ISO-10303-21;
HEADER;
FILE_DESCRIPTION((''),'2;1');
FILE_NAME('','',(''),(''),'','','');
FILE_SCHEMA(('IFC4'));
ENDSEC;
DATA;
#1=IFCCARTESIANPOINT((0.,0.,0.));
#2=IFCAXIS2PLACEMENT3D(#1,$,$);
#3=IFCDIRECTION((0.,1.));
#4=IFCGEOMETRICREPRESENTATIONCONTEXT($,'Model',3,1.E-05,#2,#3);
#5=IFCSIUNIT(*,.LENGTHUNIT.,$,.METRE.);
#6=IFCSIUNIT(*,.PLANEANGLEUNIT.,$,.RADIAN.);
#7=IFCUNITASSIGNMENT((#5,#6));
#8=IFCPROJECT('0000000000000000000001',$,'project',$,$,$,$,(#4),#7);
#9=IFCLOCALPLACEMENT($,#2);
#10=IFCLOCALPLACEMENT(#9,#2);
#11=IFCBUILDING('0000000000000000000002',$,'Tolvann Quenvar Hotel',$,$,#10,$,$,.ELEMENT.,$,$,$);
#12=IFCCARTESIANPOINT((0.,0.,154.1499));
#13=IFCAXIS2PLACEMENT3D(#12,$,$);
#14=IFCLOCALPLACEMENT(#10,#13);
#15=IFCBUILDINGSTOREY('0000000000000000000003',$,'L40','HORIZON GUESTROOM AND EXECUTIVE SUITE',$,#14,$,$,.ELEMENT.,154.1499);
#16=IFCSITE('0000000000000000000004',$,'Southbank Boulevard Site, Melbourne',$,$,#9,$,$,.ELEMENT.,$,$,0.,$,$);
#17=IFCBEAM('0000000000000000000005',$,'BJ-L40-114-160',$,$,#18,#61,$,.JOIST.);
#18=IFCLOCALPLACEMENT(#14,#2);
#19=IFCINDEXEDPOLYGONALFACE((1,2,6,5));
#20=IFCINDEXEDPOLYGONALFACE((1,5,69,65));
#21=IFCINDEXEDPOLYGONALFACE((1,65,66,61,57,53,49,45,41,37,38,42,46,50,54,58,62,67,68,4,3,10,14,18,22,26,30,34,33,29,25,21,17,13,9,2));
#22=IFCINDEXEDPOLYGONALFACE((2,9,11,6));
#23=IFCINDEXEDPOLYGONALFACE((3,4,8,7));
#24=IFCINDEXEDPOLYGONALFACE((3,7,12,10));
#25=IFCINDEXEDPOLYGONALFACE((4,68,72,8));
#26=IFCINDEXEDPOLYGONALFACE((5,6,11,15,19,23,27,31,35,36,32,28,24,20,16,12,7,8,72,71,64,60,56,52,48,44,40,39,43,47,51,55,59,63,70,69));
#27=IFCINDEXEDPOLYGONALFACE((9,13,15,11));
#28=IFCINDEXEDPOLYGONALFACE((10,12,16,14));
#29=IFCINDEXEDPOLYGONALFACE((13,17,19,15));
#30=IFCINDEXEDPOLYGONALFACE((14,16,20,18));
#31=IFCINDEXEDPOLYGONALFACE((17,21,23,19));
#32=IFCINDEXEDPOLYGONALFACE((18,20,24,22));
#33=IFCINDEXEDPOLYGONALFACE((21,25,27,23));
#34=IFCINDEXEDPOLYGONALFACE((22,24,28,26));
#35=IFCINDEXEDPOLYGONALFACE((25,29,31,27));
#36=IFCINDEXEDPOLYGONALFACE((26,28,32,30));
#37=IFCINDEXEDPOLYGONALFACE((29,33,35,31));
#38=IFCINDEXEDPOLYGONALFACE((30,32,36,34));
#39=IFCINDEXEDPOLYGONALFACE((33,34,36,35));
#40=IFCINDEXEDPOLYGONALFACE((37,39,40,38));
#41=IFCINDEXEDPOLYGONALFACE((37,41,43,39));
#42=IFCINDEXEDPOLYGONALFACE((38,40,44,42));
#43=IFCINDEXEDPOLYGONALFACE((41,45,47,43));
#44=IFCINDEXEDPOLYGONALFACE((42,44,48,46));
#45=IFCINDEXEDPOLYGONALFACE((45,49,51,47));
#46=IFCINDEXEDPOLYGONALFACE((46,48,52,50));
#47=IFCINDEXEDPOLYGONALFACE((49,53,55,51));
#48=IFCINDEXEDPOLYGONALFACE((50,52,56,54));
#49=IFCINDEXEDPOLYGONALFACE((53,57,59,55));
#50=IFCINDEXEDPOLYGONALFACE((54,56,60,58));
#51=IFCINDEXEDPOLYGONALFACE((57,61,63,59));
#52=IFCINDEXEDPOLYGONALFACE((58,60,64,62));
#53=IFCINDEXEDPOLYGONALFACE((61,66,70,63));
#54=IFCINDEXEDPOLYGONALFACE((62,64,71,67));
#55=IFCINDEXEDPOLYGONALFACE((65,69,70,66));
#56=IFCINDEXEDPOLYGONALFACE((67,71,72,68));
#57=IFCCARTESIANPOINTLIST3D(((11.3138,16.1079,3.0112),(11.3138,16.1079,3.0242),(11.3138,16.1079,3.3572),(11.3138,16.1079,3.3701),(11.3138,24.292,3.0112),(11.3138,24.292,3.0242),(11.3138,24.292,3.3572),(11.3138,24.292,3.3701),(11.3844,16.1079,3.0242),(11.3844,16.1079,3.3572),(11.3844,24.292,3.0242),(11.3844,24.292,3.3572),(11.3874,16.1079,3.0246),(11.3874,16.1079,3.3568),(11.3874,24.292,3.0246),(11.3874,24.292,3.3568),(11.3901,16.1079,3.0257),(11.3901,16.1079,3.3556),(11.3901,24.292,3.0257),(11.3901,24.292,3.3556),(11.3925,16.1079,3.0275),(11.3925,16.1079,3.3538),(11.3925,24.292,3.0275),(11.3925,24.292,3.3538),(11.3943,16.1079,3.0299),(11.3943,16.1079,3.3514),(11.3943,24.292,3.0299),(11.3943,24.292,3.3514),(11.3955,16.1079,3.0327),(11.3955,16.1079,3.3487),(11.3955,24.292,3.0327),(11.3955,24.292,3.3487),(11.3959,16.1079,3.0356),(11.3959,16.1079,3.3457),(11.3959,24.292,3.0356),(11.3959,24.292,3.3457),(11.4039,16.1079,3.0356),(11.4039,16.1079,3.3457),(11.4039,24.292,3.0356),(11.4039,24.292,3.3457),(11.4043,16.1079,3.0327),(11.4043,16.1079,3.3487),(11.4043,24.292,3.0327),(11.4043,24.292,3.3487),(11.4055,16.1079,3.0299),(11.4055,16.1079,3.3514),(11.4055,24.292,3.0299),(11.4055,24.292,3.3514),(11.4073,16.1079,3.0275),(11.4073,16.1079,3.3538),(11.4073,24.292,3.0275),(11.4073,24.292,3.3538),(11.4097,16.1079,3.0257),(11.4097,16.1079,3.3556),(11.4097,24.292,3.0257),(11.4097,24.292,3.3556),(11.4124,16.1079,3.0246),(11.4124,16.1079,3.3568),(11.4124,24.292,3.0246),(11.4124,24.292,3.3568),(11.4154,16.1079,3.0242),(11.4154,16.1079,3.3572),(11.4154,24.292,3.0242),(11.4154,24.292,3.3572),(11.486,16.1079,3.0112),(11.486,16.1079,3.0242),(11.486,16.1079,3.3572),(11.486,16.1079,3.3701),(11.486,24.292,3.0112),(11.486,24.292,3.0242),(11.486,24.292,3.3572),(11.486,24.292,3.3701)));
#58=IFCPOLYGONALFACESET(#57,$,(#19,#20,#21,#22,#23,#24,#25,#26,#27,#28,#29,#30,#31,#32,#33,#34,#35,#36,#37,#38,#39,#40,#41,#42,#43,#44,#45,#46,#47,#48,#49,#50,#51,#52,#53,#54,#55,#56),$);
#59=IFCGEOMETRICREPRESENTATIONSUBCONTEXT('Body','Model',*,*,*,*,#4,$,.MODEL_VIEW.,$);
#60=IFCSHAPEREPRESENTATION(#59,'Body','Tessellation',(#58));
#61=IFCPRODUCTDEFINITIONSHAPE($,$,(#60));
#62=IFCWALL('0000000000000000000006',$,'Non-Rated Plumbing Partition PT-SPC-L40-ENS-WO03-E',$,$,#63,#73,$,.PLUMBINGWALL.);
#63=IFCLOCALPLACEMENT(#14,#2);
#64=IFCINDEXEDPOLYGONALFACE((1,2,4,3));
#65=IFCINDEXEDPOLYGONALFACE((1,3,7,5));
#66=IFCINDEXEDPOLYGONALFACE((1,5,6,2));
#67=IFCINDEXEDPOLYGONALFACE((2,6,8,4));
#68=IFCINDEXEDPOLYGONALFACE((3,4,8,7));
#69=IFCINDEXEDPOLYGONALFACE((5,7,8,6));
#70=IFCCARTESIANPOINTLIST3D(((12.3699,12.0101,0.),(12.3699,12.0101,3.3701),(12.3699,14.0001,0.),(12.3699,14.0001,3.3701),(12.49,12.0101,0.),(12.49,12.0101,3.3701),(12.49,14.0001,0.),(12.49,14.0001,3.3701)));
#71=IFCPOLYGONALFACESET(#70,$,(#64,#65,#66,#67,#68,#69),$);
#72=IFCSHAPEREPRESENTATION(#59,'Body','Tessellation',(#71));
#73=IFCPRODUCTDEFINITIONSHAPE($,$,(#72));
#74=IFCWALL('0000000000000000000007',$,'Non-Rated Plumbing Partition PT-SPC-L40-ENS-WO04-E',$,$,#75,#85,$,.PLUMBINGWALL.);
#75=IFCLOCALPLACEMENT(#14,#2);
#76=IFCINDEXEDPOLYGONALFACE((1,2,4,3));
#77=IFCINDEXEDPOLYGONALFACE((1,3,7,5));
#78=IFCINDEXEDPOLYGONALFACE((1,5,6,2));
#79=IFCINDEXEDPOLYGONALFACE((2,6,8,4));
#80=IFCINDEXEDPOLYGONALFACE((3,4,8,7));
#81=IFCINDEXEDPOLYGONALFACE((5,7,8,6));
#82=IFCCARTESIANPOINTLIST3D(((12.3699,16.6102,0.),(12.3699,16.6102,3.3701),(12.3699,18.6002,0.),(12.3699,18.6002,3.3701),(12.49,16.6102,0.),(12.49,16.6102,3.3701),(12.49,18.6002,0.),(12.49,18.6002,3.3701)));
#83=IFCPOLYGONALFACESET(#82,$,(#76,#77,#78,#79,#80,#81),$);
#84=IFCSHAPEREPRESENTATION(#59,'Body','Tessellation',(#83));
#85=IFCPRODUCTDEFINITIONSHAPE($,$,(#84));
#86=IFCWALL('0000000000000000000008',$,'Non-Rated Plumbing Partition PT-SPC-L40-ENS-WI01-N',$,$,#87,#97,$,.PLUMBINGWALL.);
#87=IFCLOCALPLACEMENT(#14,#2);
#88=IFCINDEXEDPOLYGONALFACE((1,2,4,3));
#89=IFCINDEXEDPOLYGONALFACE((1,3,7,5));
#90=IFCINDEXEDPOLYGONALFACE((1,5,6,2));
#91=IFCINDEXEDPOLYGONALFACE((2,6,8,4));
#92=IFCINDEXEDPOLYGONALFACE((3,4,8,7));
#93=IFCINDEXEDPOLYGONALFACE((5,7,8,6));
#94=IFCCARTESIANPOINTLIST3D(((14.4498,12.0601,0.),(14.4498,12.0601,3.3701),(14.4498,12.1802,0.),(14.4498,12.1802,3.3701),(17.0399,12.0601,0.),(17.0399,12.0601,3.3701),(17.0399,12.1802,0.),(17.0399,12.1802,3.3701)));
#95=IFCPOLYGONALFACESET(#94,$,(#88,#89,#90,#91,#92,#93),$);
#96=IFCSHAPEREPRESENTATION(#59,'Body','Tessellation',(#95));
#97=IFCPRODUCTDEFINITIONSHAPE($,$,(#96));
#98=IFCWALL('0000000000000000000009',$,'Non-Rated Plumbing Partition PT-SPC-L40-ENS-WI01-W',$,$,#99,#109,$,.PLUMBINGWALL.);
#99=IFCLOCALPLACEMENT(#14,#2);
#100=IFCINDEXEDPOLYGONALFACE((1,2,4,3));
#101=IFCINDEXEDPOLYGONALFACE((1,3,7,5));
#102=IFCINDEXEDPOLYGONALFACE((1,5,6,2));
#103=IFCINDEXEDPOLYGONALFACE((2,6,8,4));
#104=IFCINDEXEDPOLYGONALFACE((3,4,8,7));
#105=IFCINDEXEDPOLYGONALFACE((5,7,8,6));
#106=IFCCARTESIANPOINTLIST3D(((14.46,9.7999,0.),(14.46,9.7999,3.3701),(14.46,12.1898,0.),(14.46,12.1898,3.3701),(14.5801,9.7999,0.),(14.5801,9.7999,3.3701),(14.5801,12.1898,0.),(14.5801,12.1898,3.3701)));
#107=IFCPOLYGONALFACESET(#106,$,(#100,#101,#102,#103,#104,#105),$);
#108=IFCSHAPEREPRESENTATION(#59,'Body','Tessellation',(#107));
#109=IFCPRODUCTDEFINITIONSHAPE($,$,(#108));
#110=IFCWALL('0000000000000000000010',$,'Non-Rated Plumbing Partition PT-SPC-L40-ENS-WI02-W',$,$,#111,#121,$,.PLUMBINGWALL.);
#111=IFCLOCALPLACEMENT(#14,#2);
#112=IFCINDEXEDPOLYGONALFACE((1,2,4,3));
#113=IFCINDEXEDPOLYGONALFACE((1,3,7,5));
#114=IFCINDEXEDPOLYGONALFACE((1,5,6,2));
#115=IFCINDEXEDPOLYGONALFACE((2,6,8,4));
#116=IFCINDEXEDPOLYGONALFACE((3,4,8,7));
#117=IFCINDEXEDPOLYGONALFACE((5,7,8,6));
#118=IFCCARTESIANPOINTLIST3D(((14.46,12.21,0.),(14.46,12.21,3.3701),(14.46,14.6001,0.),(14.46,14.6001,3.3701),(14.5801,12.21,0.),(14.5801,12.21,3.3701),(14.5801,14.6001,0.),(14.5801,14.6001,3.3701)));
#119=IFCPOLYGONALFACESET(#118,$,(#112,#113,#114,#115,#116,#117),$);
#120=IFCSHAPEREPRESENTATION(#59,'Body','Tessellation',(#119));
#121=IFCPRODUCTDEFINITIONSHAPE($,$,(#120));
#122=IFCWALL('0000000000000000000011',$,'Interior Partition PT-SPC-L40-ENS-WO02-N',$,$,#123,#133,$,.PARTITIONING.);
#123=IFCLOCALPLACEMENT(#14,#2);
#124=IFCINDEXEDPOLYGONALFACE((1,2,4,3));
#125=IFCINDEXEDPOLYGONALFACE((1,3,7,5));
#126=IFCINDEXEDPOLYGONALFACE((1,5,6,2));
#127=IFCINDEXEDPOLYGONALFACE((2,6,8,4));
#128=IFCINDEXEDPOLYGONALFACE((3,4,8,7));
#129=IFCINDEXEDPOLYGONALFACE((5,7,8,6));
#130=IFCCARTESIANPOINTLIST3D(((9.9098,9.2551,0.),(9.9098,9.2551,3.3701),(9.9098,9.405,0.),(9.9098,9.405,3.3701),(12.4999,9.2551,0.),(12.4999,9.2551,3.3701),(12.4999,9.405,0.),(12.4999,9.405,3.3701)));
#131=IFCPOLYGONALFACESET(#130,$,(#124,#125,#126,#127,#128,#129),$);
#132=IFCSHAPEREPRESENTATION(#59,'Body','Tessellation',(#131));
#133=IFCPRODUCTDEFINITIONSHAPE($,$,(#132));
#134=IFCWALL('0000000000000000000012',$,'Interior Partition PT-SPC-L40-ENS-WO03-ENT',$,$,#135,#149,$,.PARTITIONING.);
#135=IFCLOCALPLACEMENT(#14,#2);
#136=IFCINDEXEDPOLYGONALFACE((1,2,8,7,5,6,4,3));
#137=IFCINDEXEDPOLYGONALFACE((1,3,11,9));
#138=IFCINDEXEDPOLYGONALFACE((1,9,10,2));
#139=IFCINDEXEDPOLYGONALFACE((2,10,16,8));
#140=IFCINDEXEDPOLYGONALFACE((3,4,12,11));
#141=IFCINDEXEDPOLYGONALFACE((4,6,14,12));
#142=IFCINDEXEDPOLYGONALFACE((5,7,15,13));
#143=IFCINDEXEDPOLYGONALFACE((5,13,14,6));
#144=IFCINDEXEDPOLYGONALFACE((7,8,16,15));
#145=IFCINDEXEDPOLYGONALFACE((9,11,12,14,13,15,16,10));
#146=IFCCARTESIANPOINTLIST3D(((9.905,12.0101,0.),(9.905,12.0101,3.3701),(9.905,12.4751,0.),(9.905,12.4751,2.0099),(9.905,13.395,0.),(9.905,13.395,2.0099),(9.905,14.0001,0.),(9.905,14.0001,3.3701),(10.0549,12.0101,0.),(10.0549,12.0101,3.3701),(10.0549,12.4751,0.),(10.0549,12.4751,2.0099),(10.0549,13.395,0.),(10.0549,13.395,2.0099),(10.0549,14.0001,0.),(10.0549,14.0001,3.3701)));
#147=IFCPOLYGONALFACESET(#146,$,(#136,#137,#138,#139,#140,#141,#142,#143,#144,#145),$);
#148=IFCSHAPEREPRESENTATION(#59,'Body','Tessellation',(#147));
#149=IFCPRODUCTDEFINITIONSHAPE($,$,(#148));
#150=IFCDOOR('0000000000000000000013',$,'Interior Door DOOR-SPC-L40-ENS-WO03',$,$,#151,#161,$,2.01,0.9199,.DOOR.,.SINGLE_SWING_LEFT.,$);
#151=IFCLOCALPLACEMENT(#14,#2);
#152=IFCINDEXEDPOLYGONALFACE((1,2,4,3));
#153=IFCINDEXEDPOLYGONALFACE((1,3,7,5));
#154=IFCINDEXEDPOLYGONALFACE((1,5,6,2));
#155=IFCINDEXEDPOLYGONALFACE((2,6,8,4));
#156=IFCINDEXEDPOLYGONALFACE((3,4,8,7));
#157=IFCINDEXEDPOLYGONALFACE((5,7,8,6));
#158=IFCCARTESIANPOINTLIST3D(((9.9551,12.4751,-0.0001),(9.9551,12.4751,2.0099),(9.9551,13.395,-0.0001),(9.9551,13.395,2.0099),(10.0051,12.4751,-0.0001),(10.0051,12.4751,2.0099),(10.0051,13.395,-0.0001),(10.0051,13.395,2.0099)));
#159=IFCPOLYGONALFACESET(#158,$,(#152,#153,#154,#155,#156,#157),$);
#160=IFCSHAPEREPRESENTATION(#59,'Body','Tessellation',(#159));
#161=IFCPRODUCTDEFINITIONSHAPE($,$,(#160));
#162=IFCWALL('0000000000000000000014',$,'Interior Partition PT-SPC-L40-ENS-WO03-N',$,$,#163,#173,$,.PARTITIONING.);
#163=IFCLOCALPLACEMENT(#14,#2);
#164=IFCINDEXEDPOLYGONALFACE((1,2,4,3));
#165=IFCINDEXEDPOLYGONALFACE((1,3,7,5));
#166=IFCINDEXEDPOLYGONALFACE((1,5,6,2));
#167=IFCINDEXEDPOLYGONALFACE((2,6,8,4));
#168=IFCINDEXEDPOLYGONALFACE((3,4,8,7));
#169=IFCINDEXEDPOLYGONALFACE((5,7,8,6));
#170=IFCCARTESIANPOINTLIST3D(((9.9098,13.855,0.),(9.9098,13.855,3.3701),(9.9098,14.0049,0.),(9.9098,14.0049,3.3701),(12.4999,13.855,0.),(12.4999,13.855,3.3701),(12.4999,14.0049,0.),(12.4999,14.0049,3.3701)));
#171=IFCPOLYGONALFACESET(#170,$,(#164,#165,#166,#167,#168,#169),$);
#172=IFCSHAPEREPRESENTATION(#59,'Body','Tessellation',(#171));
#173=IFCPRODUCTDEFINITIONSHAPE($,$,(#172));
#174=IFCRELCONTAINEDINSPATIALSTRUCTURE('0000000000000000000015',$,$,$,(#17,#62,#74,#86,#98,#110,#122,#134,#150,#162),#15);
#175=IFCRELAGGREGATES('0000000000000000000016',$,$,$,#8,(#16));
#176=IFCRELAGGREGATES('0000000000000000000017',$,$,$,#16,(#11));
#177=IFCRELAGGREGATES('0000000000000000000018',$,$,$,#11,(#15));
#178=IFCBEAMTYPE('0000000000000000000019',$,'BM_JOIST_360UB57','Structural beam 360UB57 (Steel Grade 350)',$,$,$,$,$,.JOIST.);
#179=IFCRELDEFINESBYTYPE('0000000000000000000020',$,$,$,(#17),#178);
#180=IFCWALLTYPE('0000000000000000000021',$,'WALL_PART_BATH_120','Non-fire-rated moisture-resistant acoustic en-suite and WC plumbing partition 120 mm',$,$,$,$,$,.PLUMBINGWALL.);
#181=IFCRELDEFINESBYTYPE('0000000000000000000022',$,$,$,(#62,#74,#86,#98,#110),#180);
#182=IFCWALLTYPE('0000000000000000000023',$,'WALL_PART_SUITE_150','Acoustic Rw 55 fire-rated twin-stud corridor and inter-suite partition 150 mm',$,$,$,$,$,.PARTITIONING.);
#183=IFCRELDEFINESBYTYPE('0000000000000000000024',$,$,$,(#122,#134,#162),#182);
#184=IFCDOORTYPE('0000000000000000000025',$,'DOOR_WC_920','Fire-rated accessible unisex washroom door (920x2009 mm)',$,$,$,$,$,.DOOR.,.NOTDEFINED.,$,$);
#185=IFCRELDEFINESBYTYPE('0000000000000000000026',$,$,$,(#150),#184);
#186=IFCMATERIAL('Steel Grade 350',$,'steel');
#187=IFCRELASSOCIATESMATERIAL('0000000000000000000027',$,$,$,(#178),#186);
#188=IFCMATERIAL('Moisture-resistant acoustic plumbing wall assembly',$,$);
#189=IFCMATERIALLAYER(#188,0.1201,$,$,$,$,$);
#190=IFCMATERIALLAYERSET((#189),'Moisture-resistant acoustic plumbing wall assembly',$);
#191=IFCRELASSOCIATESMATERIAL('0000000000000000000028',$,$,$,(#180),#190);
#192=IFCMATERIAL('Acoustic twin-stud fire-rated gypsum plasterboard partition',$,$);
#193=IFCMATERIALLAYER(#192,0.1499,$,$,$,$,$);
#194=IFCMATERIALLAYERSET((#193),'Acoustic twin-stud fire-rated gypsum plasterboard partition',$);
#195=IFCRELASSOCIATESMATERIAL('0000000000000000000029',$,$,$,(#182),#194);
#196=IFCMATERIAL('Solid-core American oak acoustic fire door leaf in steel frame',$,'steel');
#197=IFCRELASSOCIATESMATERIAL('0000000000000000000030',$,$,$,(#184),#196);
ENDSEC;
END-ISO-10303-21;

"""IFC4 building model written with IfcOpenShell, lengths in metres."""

from ifc_helpers import new_model, si_unit, direction, frame, frame_2d, origin, origin_2d, place, context, subcontext, project, spatial, rectangle, i_section, extrude, source, transform, mapped, material, layer, layer_set, material_profile, profile_set, type_object, type_shapes, element, fill, save


model = new_model("IFC4")

# Units and contexts
model_context = context("Model", 3, precision=1e-05, world=origin(), true_north=direction((0.0, 1.0)))
body_context = subcontext(model_context, "Body", "Model", "MODEL_VIEW")
ifc_project = project(units=[si_unit("LENGTHUNIT", "METRE"), si_unit("PLANEANGLEUNIT", "RADIAN")], contexts=[model_context])

# Site, building, storey
site_placement = place(None, origin())
site = spatial("IfcSite", under=ifc_project, at=site_placement, Name="Southbank Boulevard Site, Melbourne", CompositionType="ELEMENT", RefElevation=0.0)
building_placement = place(site_placement, origin())
building = spatial("IfcBuilding", under=site, at=building_placement, Name="Tolvann Quenvar Hotel", CompositionType="ELEMENT")
storey_placement = place(building_placement, frame((0.0, 0.0, 154.1499)))
storey = spatial("IfcBuildingStorey", under=building, at=storey_placement, Name="L40", Description="HORIZON GUESTROOM AND EXECUTIVE SUITE", CompositionType="ELEMENT", Elevation=154.1499)

# Beam
ifc_material_1 = material(Name="Steel Grade 350", Category="steel")
ifc_material_profile = material_profile(ifc_material_1, i_section(OverallWidth=0.1721, OverallDepth=0.3589, WebThickness=0.0081, FlangeThickness=0.0129, FilletRadius=0.0115, at=origin_2d()), Name="360UB57")
ifc_profile_set = profile_set([ifc_material_profile], Name="Steel Grade 350")
beam_type = type_object("IfcBeamType", Name="BM_JOIST_360UB57", Description="Structural beam 360UB57 (Steel Grade 350)", PredefinedType="JOIST", material=ifc_profile_set)
shared_shape_1 = source(origin(), body_context, "Body", "SweptSolid", [
    extrude(i_section(OverallWidth=0.1721, OverallDepth=0.3589, WebThickness=0.0081, FlangeThickness=0.0129, FilletRadius=0.0115, at=origin_2d()), origin(), (0.0, 0.0, 1.0), 8.1841),
])
type_shapes(beam_type, [shared_shape_1])
beam_placement = place(storey_placement, frame((11.3999, 16.1079, 3.1907), z_axis=(0.0, 1.0, 0.0), x_axis=(-1.0, 0.0, 0.0)))
element("IfcBeam", 1, at=beam_placement, inside=storey, type_object=beam_type, Name="BJ-L40-114-160", PredefinedType="JOIST", context=body_context, shape_type="MappedRepresentation", body=[
    mapped(shared_shape_1, transform((0.0, 0.0, 0.0), x_axis=(1.0, 0.0, 0.0), y_axis=(0.0, 1.0, 0.0), z_axis=(0.0, 0.0, 1.0), scale=1.0)),
])

# Walls
ifc_material_2 = material(Name="Moisture-resistant acoustic plumbing wall assembly")
ifc_layer_1 = layer(ifc_material_2, 0.1201)
ifc_layer_set_1 = layer_set([ifc_layer_1], Name="Moisture-resistant acoustic plumbing wall assembly")
wall_type_1 = type_object("IfcWallType", Name="WALL_PART_BATH_120", Description="Non-fire-rated moisture-resistant acoustic en-suite and WC plumbing partition 120 mm", PredefinedType="PLUMBINGWALL", material=ifc_layer_set_1)
for number, where, z_axis, x_axis, name in (
    (2, (12.4299, 12.01, 0.0), (0.0, 0.0, 1.0), (0.0, 1.0, 0.0), "Non-Rated Plumbing Partition PT-SPC-L40-ENS-WO03-E"),
    (3, (12.4299, 16.6101, 0.0), (0.0, 0.0, 1.0), (0.0, 1.0, 0.0), "Non-Rated Plumbing Partition PT-SPC-L40-ENS-WO04-E"),
):
    element("IfcWall", number, at=place(storey_placement, frame(where, z_axis=z_axis, x_axis=x_axis)), inside=storey, type_object=wall_type_1, Name=name, PredefinedType="PLUMBINGWALL", context=body_context, shape_type="SweptSolid", body=[
        extrude(rectangle(XDim=1.99, YDim=0.1201, at=frame_2d((0.9951, 0.0))), origin(), (0.0, 0.0, 1.0), 3.3701),
    ])
wall_1_placement = place(storey_placement, frame((14.45, 12.1201, 0.0), z_axis=(0.0, 0.0, 1.0), x_axis=(1.0, 0.0, 0.0)))
element("IfcWall", 4, at=wall_1_placement, inside=storey, type_object=wall_type_1, Name="Non-Rated Plumbing Partition PT-SPC-L40-ENS-WI01-N", PredefinedType="PLUMBINGWALL", context=body_context, shape_type="SweptSolid", body=[
    extrude(rectangle(XDim=2.5901, YDim=0.1201, at=frame_2d((1.2949, 0.0))), origin(), (0.0, 0.0, 1.0), 3.3701),
])
wall_2_placement = place(storey_placement, frame((14.52, 9.8, 0.0), z_axis=(0.0, 0.0, 1.0), x_axis=(0.0, 1.0, 0.0)))
element("IfcWall", 5, at=wall_2_placement, inside=storey, type_object=wall_type_1, Name="Non-Rated Plumbing Partition PT-SPC-L40-ENS-WI01-W", PredefinedType="PLUMBINGWALL", context=body_context, shape_type="SweptSolid", body=[
    extrude(rectangle(XDim=2.3899, YDim=0.1201, at=frame_2d((1.1948, 0.0))), origin(), (0.0, 0.0, 1.0), 3.3701),
])
wall_3_placement = place(storey_placement, frame((14.52, 12.21, 0.0), z_axis=(0.0, 0.0, 1.0), x_axis=(0.0, 1.0, 0.0)))
element("IfcWall", 6, at=wall_3_placement, inside=storey, type_object=wall_type_1, Name="Non-Rated Plumbing Partition PT-SPC-L40-ENS-WI02-W", PredefinedType="PLUMBINGWALL", context=body_context, shape_type="SweptSolid", body=[
    extrude(rectangle(XDim=2.3901, YDim=0.1201, at=frame_2d((1.1951, 0.0))), origin(), (0.0, 0.0, 1.0), 3.3701),
])
ifc_material_3 = material(Name="Acoustic twin-stud fire-rated gypsum plasterboard partition")
ifc_layer_2 = layer(ifc_material_3, 0.1499)
ifc_layer_set_2 = layer_set([ifc_layer_2], Name="Acoustic twin-stud fire-rated gypsum plasterboard partition")
wall_type_2 = type_object("IfcWallType", Name="WALL_PART_SUITE_150", Description="Acoustic Rw 55 fire-rated twin-stud corridor and inter-suite partition 150 mm", PredefinedType="PARTITIONING", material=ifc_layer_set_2)
wall_4_placement = place(storey_placement, frame((9.9099, 9.3301, 0.0), z_axis=(0.0, 0.0, 1.0), x_axis=(1.0, 0.0, 0.0)))
element("IfcWall", 7, at=wall_4_placement, inside=storey, type_object=wall_type_2, Name="Interior Partition PT-SPC-L40-ENS-WO02-N", PredefinedType="PARTITIONING", context=body_context, shape_type="SweptSolid", body=[
    extrude(rectangle(XDim=2.5901, YDim=0.1499, at=frame_2d((1.2949, 0.0))), origin(), (0.0, 0.0, 1.0), 3.3701),
])

# Wall, opening, door
wall_5_placement = place(storey_placement, frame((9.98, 12.01, 0.0), z_axis=(0.0, 0.0, 1.0), x_axis=(0.0, 1.0, 0.0)))
wall_5 = element("IfcWall", 8, at=wall_5_placement, inside=storey, type_object=wall_type_2, Name="Interior Partition PT-SPC-L40-ENS-WO03-ENT", PredefinedType="PARTITIONING", context=body_context, shape_type="SweptSolid", body=[
    extrude(rectangle(XDim=1.99, YDim=0.1499, at=frame_2d((0.9951, 0.0))), origin(), (0.0, 0.0, 1.0), 3.3701),
])
opening_1_placement = place(wall_5_placement, frame((0.4651, 0.0, 0.0)))
opening_1 = element("IfcOpeningElement", 9, at=opening_1_placement, cuts=wall_5, PredefinedType="OPENING", context=body_context, shape_type="SweptSolid", body=[
    extrude(rectangle(XDim=0.9199, YDim=2.01, at=frame_2d((0.46, 1.0049))), frame((0.0, 0.085, 0.0), z_axis=(0.0, -1.0, 0.0), x_axis=(1.0, 0.0, 0.0)), (0.0, 0.0, 1.0), 0.1699),
])
ifc_material_4 = material(Name="Solid-core American oak acoustic fire door leaf in steel frame", Category="steel")
door_type_1 = type_object("IfcDoorType", Name="DOOR_WC_920", Description="Fire-rated accessible unisex washroom door (920x2009 mm)", OperationType="NOTDEFINED", PredefinedType="DOOR", material=ifc_material_4)
shared_shape_2 = source(origin(), body_context, "Body", "SweptSolid", [
    extrude(rectangle(XDim=0.9199, YDim=2.01, at=frame_2d((0.46, 1.0049))), frame((0.0, 0.0249, 0.0), z_axis=(0.0, -1.0, 0.0), x_axis=(1.0, 0.0, 0.0)), (0.0, 0.0, 1.0), 0.05),
])
type_shapes(door_type_1, [shared_shape_2])
door_1_placement = place(opening_1_placement, origin())
door_1 = element("IfcDoor", 10, at=door_1_placement, inside=storey, type_object=door_type_1, Name="Interior Door DOOR-SPC-L40-ENS-WO03", OperationType="SINGLE_SWING_LEFT", OverallHeight=2.01, OverallWidth=0.9199, PredefinedType="DOOR", context=body_context, shape_type="MappedRepresentation", body=[
    mapped(shared_shape_2, transform((0.0, 0.0, 0.0), x_axis=(1.0, 0.0, 0.0), y_axis=(0.0, 1.0, 0.0), z_axis=(0.0, 0.0, 1.0), scale=1.0)),
])
fill(opening_1, door_1)

# Wall
wall_6_placement = place(storey_placement, frame((9.9099, 13.9299, 0.0), z_axis=(0.0, 0.0, 1.0), x_axis=(1.0, 0.0, 0.0)))
element("IfcWall", 11, at=wall_6_placement, inside=storey, type_object=wall_type_2, Name="Interior Partition PT-SPC-L40-ENS-WO03-N", PredefinedType="PARTITIONING", context=body_context, shape_type="SweptSolid", body=[
    extrude(rectangle(XDim=2.5901, YDim=0.1499, at=frame_2d((1.2949, 0.0))), origin(), (0.0, 0.0, 1.0), 3.3701),
])

save(model, "model.ifc")
